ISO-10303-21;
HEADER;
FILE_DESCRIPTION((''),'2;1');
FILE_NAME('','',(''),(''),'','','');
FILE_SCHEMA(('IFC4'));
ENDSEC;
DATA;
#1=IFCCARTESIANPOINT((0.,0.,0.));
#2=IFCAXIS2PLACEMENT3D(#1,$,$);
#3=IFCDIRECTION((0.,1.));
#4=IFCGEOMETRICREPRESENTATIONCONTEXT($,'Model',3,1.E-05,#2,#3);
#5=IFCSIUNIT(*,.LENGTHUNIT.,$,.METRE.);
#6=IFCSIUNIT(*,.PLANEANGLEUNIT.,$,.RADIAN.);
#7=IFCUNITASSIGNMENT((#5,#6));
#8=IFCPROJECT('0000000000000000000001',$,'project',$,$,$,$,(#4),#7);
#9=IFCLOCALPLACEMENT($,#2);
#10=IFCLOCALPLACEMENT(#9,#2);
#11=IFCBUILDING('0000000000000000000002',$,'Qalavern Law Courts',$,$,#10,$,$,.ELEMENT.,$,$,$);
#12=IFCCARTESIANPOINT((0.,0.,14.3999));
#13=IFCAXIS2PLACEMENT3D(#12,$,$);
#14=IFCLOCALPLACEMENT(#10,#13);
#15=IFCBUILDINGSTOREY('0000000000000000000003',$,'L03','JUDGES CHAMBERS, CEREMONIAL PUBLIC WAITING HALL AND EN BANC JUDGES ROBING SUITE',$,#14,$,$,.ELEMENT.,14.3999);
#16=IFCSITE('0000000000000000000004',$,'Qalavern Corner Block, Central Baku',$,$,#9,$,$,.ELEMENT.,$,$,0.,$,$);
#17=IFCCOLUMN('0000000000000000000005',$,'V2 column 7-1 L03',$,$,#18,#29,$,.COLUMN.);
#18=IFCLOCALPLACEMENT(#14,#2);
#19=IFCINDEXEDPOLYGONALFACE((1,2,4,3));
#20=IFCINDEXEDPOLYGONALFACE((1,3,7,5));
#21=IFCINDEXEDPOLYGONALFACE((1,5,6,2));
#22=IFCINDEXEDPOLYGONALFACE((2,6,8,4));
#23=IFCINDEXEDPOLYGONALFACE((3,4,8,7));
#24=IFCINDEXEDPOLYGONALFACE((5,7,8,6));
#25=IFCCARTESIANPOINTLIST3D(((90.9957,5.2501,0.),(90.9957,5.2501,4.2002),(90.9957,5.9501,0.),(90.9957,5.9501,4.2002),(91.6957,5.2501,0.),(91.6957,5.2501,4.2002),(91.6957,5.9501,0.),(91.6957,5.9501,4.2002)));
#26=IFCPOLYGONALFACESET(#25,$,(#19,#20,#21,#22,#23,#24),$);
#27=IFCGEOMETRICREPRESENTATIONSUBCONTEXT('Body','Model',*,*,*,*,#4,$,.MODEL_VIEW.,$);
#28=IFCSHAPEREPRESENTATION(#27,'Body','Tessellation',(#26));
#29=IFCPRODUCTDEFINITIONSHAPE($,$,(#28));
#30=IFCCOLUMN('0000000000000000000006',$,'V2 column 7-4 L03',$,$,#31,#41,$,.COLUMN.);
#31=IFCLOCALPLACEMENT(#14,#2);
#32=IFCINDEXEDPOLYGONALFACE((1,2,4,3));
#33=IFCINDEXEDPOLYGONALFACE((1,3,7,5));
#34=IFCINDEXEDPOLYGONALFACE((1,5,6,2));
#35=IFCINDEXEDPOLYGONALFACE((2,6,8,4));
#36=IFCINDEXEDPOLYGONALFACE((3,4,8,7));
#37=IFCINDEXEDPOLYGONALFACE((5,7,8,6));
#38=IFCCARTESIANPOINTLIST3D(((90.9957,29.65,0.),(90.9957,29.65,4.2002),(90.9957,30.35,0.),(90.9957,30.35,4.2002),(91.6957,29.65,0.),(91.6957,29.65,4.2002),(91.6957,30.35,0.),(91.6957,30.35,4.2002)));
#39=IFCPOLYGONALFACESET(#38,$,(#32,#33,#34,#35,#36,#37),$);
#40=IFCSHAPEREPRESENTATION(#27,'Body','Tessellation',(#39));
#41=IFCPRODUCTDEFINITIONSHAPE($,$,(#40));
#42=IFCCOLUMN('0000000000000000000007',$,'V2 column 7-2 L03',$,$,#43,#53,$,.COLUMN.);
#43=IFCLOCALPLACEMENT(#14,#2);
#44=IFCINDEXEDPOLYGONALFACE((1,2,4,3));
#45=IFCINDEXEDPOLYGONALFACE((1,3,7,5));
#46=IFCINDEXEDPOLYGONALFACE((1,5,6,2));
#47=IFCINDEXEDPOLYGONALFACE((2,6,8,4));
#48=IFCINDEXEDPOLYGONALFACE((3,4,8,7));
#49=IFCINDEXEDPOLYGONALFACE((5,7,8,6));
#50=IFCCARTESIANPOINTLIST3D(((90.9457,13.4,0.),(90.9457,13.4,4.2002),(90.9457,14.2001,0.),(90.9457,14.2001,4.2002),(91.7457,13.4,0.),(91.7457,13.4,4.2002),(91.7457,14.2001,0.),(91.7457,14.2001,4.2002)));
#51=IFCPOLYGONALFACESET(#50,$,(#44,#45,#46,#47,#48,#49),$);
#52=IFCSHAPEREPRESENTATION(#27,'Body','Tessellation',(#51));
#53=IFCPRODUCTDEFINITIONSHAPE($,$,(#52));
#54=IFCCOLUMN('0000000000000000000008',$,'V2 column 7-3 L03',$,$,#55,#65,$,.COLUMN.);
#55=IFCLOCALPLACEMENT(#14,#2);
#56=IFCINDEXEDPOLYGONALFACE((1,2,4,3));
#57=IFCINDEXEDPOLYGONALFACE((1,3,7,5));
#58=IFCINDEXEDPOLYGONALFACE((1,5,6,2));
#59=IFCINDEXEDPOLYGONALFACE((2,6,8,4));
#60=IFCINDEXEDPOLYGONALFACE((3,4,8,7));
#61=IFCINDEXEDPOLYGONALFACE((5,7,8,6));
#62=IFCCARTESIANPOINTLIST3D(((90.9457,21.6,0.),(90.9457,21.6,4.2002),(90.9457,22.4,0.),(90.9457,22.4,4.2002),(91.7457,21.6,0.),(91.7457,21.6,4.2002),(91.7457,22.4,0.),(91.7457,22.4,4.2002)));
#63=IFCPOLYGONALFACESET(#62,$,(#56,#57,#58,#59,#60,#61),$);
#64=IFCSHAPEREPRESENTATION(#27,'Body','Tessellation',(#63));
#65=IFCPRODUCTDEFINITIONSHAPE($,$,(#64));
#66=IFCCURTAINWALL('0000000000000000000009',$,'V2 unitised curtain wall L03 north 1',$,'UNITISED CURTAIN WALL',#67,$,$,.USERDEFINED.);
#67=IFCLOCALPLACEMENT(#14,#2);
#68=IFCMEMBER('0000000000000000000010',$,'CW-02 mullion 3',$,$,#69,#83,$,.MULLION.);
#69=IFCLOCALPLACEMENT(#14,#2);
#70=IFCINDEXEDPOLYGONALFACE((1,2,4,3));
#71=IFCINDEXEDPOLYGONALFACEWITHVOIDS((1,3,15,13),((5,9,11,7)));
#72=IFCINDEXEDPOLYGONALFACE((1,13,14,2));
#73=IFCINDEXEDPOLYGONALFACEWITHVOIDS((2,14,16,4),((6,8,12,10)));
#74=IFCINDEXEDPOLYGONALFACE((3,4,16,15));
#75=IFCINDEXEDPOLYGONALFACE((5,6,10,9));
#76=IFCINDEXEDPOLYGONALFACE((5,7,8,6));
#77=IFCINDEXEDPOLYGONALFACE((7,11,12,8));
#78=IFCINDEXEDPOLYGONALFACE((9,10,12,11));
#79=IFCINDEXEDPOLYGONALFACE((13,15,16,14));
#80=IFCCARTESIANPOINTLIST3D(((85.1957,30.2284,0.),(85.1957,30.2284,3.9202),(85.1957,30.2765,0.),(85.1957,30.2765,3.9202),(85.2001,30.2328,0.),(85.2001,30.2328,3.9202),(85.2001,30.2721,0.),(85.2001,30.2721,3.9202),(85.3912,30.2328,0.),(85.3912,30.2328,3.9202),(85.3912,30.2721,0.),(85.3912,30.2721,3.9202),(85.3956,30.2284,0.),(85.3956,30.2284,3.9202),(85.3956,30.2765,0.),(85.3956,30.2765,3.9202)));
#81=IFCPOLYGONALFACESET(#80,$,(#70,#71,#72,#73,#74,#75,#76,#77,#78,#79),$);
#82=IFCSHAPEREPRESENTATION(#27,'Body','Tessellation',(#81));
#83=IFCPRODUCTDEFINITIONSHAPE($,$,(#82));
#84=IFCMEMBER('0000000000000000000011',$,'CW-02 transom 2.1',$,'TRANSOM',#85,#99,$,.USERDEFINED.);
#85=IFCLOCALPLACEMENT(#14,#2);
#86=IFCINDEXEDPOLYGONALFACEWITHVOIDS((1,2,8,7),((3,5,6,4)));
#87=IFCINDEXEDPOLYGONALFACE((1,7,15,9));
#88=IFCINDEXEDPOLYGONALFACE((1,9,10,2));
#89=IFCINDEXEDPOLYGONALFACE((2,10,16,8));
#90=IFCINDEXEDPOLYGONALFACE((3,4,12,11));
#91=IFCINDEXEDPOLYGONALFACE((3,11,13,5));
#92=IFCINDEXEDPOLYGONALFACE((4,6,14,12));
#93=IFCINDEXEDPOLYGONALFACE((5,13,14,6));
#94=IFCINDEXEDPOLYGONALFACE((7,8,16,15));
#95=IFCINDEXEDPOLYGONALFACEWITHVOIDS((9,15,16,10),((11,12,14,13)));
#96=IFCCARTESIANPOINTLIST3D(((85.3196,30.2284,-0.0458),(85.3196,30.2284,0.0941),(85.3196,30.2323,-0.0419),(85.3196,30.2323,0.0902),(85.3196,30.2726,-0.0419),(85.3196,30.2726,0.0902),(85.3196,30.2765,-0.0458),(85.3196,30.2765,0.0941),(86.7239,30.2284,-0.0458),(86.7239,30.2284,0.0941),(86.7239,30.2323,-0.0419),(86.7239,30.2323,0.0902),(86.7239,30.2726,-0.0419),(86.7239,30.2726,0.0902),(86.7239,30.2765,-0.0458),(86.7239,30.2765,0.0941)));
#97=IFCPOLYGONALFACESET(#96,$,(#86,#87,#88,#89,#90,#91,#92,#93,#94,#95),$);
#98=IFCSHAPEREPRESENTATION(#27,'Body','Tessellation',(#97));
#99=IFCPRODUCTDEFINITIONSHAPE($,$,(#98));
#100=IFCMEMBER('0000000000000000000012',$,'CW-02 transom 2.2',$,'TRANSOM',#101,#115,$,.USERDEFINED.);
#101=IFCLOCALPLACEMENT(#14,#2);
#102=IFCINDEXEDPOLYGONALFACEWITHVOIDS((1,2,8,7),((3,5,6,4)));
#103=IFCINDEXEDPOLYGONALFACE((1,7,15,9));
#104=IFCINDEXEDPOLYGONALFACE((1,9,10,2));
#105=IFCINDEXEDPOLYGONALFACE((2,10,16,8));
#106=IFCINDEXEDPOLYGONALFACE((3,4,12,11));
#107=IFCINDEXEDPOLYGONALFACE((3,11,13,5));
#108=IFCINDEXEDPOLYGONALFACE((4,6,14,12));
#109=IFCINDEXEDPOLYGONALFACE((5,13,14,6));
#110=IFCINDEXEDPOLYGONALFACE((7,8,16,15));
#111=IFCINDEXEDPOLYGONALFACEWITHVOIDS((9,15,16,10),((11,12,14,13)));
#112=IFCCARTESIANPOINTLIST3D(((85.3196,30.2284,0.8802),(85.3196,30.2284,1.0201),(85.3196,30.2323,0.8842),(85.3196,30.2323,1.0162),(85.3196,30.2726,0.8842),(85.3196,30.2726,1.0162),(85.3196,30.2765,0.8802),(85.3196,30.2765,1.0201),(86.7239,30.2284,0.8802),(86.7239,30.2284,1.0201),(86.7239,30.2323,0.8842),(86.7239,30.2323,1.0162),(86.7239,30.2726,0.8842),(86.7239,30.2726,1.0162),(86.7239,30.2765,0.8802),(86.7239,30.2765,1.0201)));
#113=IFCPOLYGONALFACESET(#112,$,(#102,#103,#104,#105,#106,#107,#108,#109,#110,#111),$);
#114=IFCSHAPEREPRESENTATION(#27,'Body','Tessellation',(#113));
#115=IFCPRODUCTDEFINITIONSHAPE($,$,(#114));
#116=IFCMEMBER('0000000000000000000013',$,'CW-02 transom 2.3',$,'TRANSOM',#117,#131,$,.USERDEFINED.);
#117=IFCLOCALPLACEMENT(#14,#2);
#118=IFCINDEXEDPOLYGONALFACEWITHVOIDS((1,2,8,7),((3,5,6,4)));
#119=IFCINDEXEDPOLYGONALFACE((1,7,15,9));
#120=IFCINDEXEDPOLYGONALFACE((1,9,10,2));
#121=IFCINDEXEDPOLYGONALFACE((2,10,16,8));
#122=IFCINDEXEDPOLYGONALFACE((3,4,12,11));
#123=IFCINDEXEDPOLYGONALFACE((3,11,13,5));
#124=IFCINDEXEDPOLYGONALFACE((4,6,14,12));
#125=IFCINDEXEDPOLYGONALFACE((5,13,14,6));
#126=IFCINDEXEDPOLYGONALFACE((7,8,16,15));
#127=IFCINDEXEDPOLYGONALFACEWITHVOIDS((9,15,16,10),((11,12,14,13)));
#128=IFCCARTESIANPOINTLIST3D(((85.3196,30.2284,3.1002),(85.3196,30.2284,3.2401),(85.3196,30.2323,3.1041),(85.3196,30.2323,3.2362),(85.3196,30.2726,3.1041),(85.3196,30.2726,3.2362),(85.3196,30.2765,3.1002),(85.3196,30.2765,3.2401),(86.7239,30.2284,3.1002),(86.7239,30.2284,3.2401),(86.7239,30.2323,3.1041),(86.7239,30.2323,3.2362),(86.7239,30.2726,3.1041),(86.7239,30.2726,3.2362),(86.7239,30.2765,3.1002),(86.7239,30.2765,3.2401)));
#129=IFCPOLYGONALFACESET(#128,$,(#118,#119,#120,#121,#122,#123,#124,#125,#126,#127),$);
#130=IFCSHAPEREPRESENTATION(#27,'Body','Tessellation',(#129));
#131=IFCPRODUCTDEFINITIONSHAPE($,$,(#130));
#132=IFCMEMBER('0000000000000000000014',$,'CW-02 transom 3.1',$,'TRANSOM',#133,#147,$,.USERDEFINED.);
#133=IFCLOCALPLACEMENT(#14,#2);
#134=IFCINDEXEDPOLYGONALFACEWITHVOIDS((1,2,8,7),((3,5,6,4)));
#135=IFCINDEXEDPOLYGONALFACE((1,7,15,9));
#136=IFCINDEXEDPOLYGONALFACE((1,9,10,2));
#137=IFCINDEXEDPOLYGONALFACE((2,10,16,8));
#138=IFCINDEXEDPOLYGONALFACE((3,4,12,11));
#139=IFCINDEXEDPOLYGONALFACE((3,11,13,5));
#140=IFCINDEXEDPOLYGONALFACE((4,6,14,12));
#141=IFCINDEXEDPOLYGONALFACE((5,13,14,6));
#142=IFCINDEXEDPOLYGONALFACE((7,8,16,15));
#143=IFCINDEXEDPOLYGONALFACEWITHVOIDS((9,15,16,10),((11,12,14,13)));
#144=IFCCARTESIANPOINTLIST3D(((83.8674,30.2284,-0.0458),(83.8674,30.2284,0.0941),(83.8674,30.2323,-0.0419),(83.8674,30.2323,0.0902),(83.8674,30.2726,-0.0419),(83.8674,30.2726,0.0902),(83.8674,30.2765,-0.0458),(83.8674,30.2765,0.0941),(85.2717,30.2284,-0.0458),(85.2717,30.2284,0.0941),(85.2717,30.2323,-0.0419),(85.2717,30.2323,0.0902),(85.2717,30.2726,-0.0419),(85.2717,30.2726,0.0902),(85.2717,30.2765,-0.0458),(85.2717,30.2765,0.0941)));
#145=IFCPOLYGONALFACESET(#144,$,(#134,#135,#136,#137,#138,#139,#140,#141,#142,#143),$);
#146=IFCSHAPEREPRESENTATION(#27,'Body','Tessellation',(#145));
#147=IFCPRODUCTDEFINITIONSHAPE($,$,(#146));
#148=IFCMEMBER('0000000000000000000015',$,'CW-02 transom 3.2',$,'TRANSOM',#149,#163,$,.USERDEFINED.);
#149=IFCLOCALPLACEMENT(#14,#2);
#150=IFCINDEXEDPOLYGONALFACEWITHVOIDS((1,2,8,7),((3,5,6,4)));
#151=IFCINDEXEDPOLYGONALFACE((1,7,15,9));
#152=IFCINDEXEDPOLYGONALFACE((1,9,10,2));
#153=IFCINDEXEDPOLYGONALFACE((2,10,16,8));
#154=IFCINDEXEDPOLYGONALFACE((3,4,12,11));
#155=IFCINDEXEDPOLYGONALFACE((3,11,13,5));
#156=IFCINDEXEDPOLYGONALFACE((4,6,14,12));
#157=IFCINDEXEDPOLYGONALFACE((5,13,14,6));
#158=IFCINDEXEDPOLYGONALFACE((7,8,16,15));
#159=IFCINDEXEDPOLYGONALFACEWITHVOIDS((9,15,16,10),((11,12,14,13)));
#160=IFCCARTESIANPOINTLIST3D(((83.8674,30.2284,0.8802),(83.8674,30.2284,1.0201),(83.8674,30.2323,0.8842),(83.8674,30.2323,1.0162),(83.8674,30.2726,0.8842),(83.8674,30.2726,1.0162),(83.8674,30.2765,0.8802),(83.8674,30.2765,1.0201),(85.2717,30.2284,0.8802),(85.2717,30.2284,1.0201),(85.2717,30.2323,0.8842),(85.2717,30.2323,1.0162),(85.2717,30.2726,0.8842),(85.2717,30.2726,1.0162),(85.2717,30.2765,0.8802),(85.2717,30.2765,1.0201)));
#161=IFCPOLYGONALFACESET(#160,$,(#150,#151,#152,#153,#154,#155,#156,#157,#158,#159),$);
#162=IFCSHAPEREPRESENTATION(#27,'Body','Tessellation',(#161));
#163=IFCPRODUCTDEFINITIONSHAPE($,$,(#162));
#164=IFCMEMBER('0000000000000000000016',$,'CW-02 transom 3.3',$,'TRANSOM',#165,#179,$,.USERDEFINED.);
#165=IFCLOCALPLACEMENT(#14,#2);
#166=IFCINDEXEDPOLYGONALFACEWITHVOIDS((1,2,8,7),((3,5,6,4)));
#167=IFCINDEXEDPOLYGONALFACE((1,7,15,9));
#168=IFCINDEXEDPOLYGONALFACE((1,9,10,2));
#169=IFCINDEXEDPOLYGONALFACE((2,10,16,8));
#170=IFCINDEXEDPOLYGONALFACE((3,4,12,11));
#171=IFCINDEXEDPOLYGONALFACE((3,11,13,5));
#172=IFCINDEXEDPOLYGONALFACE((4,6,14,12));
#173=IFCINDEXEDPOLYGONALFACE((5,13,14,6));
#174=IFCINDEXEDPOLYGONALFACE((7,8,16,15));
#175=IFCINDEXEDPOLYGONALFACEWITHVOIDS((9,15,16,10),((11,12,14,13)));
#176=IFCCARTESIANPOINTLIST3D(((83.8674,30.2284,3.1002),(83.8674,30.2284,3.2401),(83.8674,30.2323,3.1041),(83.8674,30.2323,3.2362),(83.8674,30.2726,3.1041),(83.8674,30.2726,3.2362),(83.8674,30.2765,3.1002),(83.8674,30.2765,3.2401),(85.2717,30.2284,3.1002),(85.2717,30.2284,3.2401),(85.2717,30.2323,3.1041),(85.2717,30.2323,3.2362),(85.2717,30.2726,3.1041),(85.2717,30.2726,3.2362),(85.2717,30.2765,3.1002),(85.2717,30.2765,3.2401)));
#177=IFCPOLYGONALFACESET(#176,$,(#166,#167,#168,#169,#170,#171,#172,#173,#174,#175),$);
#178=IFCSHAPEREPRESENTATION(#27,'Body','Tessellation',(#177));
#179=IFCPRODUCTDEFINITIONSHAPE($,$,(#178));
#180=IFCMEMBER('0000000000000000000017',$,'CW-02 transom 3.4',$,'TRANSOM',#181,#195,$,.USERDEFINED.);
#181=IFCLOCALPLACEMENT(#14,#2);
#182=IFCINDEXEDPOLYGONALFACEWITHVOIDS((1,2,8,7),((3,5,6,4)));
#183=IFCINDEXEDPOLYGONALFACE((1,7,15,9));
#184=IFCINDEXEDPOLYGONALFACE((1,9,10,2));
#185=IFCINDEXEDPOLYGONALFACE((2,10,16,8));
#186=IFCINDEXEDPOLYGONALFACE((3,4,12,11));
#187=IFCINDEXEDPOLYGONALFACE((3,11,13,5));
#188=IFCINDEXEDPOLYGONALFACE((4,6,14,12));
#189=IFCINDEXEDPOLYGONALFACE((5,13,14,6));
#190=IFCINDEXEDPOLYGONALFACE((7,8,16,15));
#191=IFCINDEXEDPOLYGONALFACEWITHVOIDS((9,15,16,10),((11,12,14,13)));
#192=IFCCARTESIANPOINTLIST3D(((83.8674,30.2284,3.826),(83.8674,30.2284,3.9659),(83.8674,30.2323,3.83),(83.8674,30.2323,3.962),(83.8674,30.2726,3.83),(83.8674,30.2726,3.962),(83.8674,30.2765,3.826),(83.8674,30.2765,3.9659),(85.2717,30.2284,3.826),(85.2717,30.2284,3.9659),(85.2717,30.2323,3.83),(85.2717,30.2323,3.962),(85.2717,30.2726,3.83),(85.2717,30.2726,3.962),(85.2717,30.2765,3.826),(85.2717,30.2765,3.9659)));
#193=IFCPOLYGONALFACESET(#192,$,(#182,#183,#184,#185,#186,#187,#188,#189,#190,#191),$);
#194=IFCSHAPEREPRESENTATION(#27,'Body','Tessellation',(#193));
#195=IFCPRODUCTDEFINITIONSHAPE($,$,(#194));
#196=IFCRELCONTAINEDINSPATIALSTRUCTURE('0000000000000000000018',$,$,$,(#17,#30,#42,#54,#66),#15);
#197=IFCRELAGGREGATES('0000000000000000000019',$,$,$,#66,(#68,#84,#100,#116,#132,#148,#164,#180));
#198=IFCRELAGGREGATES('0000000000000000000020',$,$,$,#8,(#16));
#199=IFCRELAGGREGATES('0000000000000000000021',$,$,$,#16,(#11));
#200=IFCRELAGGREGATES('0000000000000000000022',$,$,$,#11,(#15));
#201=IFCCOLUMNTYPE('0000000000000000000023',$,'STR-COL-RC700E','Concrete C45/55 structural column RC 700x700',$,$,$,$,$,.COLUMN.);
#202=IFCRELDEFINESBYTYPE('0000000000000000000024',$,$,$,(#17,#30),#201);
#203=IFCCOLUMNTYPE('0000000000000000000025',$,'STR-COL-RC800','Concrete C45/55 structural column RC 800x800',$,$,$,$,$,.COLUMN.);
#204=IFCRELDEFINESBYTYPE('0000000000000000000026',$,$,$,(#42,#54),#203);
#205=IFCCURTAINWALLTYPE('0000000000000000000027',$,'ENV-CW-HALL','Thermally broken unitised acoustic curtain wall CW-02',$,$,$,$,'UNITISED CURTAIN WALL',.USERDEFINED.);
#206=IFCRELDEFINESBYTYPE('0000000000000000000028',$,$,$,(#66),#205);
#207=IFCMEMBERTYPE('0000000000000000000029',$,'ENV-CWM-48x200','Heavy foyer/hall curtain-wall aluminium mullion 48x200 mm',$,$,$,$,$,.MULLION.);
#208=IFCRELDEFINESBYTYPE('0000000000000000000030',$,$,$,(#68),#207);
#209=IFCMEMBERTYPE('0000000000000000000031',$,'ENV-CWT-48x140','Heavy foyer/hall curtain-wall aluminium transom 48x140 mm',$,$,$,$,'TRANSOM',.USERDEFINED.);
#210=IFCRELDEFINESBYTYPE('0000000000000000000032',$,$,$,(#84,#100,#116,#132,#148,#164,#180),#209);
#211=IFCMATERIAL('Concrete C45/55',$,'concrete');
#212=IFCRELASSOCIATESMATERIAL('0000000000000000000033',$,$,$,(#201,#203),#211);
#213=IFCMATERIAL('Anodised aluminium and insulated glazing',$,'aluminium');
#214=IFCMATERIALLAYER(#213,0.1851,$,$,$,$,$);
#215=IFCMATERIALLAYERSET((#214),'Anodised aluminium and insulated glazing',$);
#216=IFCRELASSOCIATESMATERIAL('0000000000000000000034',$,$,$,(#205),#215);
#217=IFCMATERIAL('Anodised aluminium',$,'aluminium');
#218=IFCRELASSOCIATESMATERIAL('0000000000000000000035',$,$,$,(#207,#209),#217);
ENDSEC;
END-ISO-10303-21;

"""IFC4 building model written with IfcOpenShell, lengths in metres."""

from ifc_helpers import new_model, si_unit, direction, frame, origin, origin_2d, place, context, subcontext, project, spatial, rectangle, hollow_rectangle, extrude, material, layer, layer_set, material_profile, profile_set, type_object, element, aggregate, save


model = new_model("IFC4")

# Units and contexts
model_context = context("Model", 3, precision=1e-05, world=origin(), true_north=direction((0.0, 1.0)))
body_context = subcontext(model_context, "Body", "Model", "MODEL_VIEW")
ifc_project = project(units=[si_unit("LENGTHUNIT", "METRE"), si_unit("PLANEANGLEUNIT", "RADIAN")], contexts=[model_context])

# Site, building, storey
site_placement = place(None, origin())
site = spatial("IfcSite", under=ifc_project, at=site_placement, Name="Qalavern Corner Block, Central Baku", CompositionType="ELEMENT", RefElevation=0.0)
building_placement = place(site_placement, origin())
building = spatial("IfcBuilding", under=site, at=building_placement, Name="Qalavern Law Courts", CompositionType="ELEMENT")
storey_placement = place(building_placement, frame((0.0, 0.0, 14.3999)))
storey = spatial("IfcBuildingStorey", under=building, at=storey_placement, Name="L03", Description="JUDGES CHAMBERS, CEREMONIAL PUBLIC WAITING HALL AND EN BANC JUDGES ROBING SUITE", CompositionType="ELEMENT", Elevation=14.3999)

# Columns
ifc_material_1 = material(Name="Concrete C45/55", Category="concrete")
ifc_material_profile_1 = material_profile(ifc_material_1, rectangle(XDim=0.7, YDim=0.7, at=origin_2d()), Name="RC 700x700")
ifc_profile_set_1 = profile_set([ifc_material_profile_1], Name="Concrete C45/55")
column_type_1 = type_object("IfcColumnType", Name="STR-COL-RC700E", Description="Concrete C45/55 structural column RC 700x700", PredefinedType="COLUMN", material=ifc_profile_set_1)
for number, where, z_axis, x_axis, name in (
    (1, (91.3457, 5.6001, 0.0), (0.0, 0.0, 1.0), (1.0, 0.0, 0.0), "V2 column 7-1 L03"),
    (2, (91.3457, 30.0, 0.0), (0.0, 0.0, 1.0), (1.0, 0.0, 0.0), "V2 column 7-4 L03"),
):
    element("IfcColumn", number, at=place(storey_placement, frame(where, z_axis=z_axis, x_axis=x_axis)), inside=storey, type_object=column_type_1, Name=name, PredefinedType="COLUMN", context=body_context, shape_type="SweptSolid", body=[
        extrude(rectangle(XDim=0.7, YDim=0.7, at=origin_2d()), origin(), (0.0, 0.0, 1.0), 4.2002),
    ])
ifc_material_profile_2 = material_profile(ifc_material_1, rectangle(XDim=0.8, YDim=0.8, at=origin_2d()), Name="RC 800x800")
ifc_profile_set_2 = profile_set([ifc_material_profile_2], Name="Concrete C45/55")
column_type_2 = type_object("IfcColumnType", Name="STR-COL-RC800", Description="Concrete C45/55 structural column RC 800x800", PredefinedType="COLUMN", material=ifc_profile_set_2)
for number, where, z_axis, x_axis, name in (
    (3, (91.3457, 13.8, 0.0), (0.0, 0.0, 1.0), (1.0, 0.0, 0.0), "V2 column 7-2 L03"),
    (4, (91.3457, 22.0, 0.0), (0.0, 0.0, 1.0), (1.0, 0.0, 0.0), "V2 column 7-3 L03"),
):
    element("IfcColumn", number, at=place(storey_placement, frame(where, z_axis=z_axis, x_axis=x_axis)), inside=storey, type_object=column_type_2, Name=name, PredefinedType="COLUMN", context=body_context, shape_type="SweptSolid", body=[
        extrude(rectangle(XDim=0.8, YDim=0.8, at=origin_2d()), origin(), (0.0, 0.0, 1.0), 4.2002),
    ])

# Curtain wall, members
ifc_material_2 = material(Name="Anodised aluminium and insulated glazing", Category="aluminium")
ifc_layer_1 = layer(ifc_material_2, 0.1851)
ifc_layer_set_1 = layer_set([ifc_layer_1], Name="Anodised aluminium and insulated glazing")
curtain_wall_type = type_object("IfcCurtainWallType", Name="ENV-CW-HALL", Description="Thermally broken unitised acoustic curtain wall CW-02", ElementType="UNITISED CURTAIN WALL", PredefinedType="USERDEFINED", material=ifc_layer_set_1)
curtain_wall_1_placement = place(storey_placement, origin())
curtain_wall_1 = element("IfcCurtainWall", 5, at=curtain_wall_1_placement, inside=storey, type_object=curtain_wall_type, Name="V2 unitised curtain wall L03 north 1", ObjectType="UNITISED CURTAIN WALL", PredefinedType="USERDEFINED")
ifc_material_3 = material(Name="Anodised aluminium", Category="aluminium")
ifc_material_profile_3 = material_profile(ifc_material_3, hollow_rectangle(XDim=0.0481, YDim=0.2, WallThickness=0.0044, at=origin_2d()), Name="ALU MULLION 48x200")
ifc_profile_set_3 = profile_set([ifc_material_profile_3], Name="Anodised aluminium")
member_type_1 = type_object("IfcMemberType", Name="ENV-CWM-48x200", Description="Heavy foyer/hall curtain-wall aluminium mullion 48x200 mm", PredefinedType="MULLION", material=ifc_profile_set_3)
member_1_placement = place(storey_placement, frame((85.2957, 30.2524, 0.0), z_axis=(0.0, 0.0, 1.0), x_axis=(0.0, -1.0, 0.0)))
member_1 = element("IfcMember", 6, at=member_1_placement, type_object=member_type_1, Name="CW-02 mullion 3", PredefinedType="MULLION", context=body_context, shape_type="SweptSolid", body=[
    extrude(hollow_rectangle(XDim=0.0481, YDim=0.2, WallThickness=0.0044, at=origin_2d()), origin(), (0.0, 0.0, 1.0), 3.9202),
])
ifc_material_profile_4 = material_profile(ifc_material_3, hollow_rectangle(XDim=0.0481, YDim=0.1399, WallThickness=0.0039, at=origin_2d()), Name="ALU TRANSOM 48x140")
ifc_profile_set_4 = profile_set([ifc_material_profile_4], Name="Anodised aluminium")
member_type_2 = type_object("IfcMemberType", Name="ENV-CWT-48x140", Description="Heavy foyer/hall curtain-wall aluminium transom 48x140 mm", ElementType="TRANSOM", PredefinedType="USERDEFINED", material=ifc_profile_set_4)
member_2_placement = place(storey_placement, frame((86.7239, 30.2524, 0.0242), z_axis=(-1.0, 0.0, 0.0), x_axis=(0.0, -1.0, 0.0)))
member_2 = element("IfcMember", 7, at=member_2_placement, type_object=member_type_2, Name="CW-02 transom 2.1", ObjectType="TRANSOM", PredefinedType="USERDEFINED", context=body_context, shape_type="SweptSolid", body=[
    extrude(hollow_rectangle(XDim=0.0481, YDim=0.1399, WallThickness=0.0039, at=origin_2d()), origin(), (0.0, 0.0, 1.0), 1.4043),
])
member_3_placement = place(storey_placement, frame((86.7239, 30.2524, 0.9502), z_axis=(-1.0, 0.0, 0.0), x_axis=(0.0, -1.0, 0.0)))
member_3 = element("IfcMember", 8, at=member_3_placement, type_object=member_type_2, Name="CW-02 transom 2.2", ObjectType="TRANSOM", PredefinedType="USERDEFINED", context=body_context, shape_type="SweptSolid", body=[
    extrude(hollow_rectangle(XDim=0.0481, YDim=0.1399, WallThickness=0.0039, at=origin_2d()), origin(), (0.0, 0.0, 1.0), 1.4043),
])
member_4_placement = place(storey_placement, frame((86.7239, 30.2524, 3.1702), z_axis=(-1.0, 0.0, 0.0), x_axis=(0.0, -1.0, 0.0)))
member_4 = element("IfcMember", 9, at=member_4_placement, type_object=member_type_2, Name="CW-02 transom 2.3", ObjectType="TRANSOM", PredefinedType="USERDEFINED", context=body_context, shape_type="SweptSolid", body=[
    extrude(hollow_rectangle(XDim=0.0481, YDim=0.1399, WallThickness=0.0039, at=origin_2d()), origin(), (0.0, 0.0, 1.0), 1.4043),
])
member_5_placement = place(storey_placement, frame((85.2717, 30.2524, 0.0242), z_axis=(-1.0, 0.0, 0.0), x_axis=(0.0, -1.0, 0.0)))
member_5 = element("IfcMember", 10, at=member_5_placement, type_object=member_type_2, Name="CW-02 transom 3.1", ObjectType="TRANSOM", PredefinedType="USERDEFINED", context=body_context, shape_type="SweptSolid", body=[
    extrude(hollow_rectangle(XDim=0.0481, YDim=0.1399, WallThickness=0.0039, at=origin_2d()), origin(), (0.0, 0.0, 1.0), 1.4043),
])
member_6_placement = place(storey_placement, frame((85.2717, 30.2524, 0.9502), z_axis=(-1.0, 0.0, 0.0), x_axis=(0.0, -1.0, 0.0)))
member_6 = element("IfcMember", 11, at=member_6_placement, type_object=member_type_2, Name="CW-02 transom 3.2", ObjectType="TRANSOM", PredefinedType="USERDEFINED", context=body_context, shape_type="SweptSolid", body=[
    extrude(hollow_rectangle(XDim=0.0481, YDim=0.1399, WallThickness=0.0039, at=origin_2d()), origin(), (0.0, 0.0, 1.0), 1.4043),
])
member_7_placement = place(storey_placement, frame((85.2717, 30.2524, 3.1702), z_axis=(-1.0, 0.0, 0.0), x_axis=(0.0, -1.0, 0.0)))
member_7 = element("IfcMember", 12, at=member_7_placement, type_object=member_type_2, Name="CW-02 transom 3.3", ObjectType="TRANSOM", PredefinedType="USERDEFINED", context=body_context, shape_type="SweptSolid", body=[
    extrude(hollow_rectangle(XDim=0.0481, YDim=0.1399, WallThickness=0.0039, at=origin_2d()), origin(), (0.0, 0.0, 1.0), 1.4043),
])
member_8_placement = place(storey_placement, frame((85.2717, 30.2524, 3.896), z_axis=(-1.0, 0.0, 0.0), x_axis=(0.0, -1.0, 0.0)))
member_8 = element("IfcMember", 13, at=member_8_placement, type_object=member_type_2, Name="CW-02 transom 3.4", ObjectType="TRANSOM", PredefinedType="USERDEFINED", context=body_context, shape_type="SweptSolid", body=[
    extrude(hollow_rectangle(XDim=0.0481, YDim=0.1399, WallThickness=0.0039, at=origin_2d()), origin(), (0.0, 0.0, 1.0), 1.4043),
])

aggregate(curtain_wall_1, [member_1, member_2, member_3, member_4, member_5, member_6, member_7, member_8])

save(model, "model.ifc")
